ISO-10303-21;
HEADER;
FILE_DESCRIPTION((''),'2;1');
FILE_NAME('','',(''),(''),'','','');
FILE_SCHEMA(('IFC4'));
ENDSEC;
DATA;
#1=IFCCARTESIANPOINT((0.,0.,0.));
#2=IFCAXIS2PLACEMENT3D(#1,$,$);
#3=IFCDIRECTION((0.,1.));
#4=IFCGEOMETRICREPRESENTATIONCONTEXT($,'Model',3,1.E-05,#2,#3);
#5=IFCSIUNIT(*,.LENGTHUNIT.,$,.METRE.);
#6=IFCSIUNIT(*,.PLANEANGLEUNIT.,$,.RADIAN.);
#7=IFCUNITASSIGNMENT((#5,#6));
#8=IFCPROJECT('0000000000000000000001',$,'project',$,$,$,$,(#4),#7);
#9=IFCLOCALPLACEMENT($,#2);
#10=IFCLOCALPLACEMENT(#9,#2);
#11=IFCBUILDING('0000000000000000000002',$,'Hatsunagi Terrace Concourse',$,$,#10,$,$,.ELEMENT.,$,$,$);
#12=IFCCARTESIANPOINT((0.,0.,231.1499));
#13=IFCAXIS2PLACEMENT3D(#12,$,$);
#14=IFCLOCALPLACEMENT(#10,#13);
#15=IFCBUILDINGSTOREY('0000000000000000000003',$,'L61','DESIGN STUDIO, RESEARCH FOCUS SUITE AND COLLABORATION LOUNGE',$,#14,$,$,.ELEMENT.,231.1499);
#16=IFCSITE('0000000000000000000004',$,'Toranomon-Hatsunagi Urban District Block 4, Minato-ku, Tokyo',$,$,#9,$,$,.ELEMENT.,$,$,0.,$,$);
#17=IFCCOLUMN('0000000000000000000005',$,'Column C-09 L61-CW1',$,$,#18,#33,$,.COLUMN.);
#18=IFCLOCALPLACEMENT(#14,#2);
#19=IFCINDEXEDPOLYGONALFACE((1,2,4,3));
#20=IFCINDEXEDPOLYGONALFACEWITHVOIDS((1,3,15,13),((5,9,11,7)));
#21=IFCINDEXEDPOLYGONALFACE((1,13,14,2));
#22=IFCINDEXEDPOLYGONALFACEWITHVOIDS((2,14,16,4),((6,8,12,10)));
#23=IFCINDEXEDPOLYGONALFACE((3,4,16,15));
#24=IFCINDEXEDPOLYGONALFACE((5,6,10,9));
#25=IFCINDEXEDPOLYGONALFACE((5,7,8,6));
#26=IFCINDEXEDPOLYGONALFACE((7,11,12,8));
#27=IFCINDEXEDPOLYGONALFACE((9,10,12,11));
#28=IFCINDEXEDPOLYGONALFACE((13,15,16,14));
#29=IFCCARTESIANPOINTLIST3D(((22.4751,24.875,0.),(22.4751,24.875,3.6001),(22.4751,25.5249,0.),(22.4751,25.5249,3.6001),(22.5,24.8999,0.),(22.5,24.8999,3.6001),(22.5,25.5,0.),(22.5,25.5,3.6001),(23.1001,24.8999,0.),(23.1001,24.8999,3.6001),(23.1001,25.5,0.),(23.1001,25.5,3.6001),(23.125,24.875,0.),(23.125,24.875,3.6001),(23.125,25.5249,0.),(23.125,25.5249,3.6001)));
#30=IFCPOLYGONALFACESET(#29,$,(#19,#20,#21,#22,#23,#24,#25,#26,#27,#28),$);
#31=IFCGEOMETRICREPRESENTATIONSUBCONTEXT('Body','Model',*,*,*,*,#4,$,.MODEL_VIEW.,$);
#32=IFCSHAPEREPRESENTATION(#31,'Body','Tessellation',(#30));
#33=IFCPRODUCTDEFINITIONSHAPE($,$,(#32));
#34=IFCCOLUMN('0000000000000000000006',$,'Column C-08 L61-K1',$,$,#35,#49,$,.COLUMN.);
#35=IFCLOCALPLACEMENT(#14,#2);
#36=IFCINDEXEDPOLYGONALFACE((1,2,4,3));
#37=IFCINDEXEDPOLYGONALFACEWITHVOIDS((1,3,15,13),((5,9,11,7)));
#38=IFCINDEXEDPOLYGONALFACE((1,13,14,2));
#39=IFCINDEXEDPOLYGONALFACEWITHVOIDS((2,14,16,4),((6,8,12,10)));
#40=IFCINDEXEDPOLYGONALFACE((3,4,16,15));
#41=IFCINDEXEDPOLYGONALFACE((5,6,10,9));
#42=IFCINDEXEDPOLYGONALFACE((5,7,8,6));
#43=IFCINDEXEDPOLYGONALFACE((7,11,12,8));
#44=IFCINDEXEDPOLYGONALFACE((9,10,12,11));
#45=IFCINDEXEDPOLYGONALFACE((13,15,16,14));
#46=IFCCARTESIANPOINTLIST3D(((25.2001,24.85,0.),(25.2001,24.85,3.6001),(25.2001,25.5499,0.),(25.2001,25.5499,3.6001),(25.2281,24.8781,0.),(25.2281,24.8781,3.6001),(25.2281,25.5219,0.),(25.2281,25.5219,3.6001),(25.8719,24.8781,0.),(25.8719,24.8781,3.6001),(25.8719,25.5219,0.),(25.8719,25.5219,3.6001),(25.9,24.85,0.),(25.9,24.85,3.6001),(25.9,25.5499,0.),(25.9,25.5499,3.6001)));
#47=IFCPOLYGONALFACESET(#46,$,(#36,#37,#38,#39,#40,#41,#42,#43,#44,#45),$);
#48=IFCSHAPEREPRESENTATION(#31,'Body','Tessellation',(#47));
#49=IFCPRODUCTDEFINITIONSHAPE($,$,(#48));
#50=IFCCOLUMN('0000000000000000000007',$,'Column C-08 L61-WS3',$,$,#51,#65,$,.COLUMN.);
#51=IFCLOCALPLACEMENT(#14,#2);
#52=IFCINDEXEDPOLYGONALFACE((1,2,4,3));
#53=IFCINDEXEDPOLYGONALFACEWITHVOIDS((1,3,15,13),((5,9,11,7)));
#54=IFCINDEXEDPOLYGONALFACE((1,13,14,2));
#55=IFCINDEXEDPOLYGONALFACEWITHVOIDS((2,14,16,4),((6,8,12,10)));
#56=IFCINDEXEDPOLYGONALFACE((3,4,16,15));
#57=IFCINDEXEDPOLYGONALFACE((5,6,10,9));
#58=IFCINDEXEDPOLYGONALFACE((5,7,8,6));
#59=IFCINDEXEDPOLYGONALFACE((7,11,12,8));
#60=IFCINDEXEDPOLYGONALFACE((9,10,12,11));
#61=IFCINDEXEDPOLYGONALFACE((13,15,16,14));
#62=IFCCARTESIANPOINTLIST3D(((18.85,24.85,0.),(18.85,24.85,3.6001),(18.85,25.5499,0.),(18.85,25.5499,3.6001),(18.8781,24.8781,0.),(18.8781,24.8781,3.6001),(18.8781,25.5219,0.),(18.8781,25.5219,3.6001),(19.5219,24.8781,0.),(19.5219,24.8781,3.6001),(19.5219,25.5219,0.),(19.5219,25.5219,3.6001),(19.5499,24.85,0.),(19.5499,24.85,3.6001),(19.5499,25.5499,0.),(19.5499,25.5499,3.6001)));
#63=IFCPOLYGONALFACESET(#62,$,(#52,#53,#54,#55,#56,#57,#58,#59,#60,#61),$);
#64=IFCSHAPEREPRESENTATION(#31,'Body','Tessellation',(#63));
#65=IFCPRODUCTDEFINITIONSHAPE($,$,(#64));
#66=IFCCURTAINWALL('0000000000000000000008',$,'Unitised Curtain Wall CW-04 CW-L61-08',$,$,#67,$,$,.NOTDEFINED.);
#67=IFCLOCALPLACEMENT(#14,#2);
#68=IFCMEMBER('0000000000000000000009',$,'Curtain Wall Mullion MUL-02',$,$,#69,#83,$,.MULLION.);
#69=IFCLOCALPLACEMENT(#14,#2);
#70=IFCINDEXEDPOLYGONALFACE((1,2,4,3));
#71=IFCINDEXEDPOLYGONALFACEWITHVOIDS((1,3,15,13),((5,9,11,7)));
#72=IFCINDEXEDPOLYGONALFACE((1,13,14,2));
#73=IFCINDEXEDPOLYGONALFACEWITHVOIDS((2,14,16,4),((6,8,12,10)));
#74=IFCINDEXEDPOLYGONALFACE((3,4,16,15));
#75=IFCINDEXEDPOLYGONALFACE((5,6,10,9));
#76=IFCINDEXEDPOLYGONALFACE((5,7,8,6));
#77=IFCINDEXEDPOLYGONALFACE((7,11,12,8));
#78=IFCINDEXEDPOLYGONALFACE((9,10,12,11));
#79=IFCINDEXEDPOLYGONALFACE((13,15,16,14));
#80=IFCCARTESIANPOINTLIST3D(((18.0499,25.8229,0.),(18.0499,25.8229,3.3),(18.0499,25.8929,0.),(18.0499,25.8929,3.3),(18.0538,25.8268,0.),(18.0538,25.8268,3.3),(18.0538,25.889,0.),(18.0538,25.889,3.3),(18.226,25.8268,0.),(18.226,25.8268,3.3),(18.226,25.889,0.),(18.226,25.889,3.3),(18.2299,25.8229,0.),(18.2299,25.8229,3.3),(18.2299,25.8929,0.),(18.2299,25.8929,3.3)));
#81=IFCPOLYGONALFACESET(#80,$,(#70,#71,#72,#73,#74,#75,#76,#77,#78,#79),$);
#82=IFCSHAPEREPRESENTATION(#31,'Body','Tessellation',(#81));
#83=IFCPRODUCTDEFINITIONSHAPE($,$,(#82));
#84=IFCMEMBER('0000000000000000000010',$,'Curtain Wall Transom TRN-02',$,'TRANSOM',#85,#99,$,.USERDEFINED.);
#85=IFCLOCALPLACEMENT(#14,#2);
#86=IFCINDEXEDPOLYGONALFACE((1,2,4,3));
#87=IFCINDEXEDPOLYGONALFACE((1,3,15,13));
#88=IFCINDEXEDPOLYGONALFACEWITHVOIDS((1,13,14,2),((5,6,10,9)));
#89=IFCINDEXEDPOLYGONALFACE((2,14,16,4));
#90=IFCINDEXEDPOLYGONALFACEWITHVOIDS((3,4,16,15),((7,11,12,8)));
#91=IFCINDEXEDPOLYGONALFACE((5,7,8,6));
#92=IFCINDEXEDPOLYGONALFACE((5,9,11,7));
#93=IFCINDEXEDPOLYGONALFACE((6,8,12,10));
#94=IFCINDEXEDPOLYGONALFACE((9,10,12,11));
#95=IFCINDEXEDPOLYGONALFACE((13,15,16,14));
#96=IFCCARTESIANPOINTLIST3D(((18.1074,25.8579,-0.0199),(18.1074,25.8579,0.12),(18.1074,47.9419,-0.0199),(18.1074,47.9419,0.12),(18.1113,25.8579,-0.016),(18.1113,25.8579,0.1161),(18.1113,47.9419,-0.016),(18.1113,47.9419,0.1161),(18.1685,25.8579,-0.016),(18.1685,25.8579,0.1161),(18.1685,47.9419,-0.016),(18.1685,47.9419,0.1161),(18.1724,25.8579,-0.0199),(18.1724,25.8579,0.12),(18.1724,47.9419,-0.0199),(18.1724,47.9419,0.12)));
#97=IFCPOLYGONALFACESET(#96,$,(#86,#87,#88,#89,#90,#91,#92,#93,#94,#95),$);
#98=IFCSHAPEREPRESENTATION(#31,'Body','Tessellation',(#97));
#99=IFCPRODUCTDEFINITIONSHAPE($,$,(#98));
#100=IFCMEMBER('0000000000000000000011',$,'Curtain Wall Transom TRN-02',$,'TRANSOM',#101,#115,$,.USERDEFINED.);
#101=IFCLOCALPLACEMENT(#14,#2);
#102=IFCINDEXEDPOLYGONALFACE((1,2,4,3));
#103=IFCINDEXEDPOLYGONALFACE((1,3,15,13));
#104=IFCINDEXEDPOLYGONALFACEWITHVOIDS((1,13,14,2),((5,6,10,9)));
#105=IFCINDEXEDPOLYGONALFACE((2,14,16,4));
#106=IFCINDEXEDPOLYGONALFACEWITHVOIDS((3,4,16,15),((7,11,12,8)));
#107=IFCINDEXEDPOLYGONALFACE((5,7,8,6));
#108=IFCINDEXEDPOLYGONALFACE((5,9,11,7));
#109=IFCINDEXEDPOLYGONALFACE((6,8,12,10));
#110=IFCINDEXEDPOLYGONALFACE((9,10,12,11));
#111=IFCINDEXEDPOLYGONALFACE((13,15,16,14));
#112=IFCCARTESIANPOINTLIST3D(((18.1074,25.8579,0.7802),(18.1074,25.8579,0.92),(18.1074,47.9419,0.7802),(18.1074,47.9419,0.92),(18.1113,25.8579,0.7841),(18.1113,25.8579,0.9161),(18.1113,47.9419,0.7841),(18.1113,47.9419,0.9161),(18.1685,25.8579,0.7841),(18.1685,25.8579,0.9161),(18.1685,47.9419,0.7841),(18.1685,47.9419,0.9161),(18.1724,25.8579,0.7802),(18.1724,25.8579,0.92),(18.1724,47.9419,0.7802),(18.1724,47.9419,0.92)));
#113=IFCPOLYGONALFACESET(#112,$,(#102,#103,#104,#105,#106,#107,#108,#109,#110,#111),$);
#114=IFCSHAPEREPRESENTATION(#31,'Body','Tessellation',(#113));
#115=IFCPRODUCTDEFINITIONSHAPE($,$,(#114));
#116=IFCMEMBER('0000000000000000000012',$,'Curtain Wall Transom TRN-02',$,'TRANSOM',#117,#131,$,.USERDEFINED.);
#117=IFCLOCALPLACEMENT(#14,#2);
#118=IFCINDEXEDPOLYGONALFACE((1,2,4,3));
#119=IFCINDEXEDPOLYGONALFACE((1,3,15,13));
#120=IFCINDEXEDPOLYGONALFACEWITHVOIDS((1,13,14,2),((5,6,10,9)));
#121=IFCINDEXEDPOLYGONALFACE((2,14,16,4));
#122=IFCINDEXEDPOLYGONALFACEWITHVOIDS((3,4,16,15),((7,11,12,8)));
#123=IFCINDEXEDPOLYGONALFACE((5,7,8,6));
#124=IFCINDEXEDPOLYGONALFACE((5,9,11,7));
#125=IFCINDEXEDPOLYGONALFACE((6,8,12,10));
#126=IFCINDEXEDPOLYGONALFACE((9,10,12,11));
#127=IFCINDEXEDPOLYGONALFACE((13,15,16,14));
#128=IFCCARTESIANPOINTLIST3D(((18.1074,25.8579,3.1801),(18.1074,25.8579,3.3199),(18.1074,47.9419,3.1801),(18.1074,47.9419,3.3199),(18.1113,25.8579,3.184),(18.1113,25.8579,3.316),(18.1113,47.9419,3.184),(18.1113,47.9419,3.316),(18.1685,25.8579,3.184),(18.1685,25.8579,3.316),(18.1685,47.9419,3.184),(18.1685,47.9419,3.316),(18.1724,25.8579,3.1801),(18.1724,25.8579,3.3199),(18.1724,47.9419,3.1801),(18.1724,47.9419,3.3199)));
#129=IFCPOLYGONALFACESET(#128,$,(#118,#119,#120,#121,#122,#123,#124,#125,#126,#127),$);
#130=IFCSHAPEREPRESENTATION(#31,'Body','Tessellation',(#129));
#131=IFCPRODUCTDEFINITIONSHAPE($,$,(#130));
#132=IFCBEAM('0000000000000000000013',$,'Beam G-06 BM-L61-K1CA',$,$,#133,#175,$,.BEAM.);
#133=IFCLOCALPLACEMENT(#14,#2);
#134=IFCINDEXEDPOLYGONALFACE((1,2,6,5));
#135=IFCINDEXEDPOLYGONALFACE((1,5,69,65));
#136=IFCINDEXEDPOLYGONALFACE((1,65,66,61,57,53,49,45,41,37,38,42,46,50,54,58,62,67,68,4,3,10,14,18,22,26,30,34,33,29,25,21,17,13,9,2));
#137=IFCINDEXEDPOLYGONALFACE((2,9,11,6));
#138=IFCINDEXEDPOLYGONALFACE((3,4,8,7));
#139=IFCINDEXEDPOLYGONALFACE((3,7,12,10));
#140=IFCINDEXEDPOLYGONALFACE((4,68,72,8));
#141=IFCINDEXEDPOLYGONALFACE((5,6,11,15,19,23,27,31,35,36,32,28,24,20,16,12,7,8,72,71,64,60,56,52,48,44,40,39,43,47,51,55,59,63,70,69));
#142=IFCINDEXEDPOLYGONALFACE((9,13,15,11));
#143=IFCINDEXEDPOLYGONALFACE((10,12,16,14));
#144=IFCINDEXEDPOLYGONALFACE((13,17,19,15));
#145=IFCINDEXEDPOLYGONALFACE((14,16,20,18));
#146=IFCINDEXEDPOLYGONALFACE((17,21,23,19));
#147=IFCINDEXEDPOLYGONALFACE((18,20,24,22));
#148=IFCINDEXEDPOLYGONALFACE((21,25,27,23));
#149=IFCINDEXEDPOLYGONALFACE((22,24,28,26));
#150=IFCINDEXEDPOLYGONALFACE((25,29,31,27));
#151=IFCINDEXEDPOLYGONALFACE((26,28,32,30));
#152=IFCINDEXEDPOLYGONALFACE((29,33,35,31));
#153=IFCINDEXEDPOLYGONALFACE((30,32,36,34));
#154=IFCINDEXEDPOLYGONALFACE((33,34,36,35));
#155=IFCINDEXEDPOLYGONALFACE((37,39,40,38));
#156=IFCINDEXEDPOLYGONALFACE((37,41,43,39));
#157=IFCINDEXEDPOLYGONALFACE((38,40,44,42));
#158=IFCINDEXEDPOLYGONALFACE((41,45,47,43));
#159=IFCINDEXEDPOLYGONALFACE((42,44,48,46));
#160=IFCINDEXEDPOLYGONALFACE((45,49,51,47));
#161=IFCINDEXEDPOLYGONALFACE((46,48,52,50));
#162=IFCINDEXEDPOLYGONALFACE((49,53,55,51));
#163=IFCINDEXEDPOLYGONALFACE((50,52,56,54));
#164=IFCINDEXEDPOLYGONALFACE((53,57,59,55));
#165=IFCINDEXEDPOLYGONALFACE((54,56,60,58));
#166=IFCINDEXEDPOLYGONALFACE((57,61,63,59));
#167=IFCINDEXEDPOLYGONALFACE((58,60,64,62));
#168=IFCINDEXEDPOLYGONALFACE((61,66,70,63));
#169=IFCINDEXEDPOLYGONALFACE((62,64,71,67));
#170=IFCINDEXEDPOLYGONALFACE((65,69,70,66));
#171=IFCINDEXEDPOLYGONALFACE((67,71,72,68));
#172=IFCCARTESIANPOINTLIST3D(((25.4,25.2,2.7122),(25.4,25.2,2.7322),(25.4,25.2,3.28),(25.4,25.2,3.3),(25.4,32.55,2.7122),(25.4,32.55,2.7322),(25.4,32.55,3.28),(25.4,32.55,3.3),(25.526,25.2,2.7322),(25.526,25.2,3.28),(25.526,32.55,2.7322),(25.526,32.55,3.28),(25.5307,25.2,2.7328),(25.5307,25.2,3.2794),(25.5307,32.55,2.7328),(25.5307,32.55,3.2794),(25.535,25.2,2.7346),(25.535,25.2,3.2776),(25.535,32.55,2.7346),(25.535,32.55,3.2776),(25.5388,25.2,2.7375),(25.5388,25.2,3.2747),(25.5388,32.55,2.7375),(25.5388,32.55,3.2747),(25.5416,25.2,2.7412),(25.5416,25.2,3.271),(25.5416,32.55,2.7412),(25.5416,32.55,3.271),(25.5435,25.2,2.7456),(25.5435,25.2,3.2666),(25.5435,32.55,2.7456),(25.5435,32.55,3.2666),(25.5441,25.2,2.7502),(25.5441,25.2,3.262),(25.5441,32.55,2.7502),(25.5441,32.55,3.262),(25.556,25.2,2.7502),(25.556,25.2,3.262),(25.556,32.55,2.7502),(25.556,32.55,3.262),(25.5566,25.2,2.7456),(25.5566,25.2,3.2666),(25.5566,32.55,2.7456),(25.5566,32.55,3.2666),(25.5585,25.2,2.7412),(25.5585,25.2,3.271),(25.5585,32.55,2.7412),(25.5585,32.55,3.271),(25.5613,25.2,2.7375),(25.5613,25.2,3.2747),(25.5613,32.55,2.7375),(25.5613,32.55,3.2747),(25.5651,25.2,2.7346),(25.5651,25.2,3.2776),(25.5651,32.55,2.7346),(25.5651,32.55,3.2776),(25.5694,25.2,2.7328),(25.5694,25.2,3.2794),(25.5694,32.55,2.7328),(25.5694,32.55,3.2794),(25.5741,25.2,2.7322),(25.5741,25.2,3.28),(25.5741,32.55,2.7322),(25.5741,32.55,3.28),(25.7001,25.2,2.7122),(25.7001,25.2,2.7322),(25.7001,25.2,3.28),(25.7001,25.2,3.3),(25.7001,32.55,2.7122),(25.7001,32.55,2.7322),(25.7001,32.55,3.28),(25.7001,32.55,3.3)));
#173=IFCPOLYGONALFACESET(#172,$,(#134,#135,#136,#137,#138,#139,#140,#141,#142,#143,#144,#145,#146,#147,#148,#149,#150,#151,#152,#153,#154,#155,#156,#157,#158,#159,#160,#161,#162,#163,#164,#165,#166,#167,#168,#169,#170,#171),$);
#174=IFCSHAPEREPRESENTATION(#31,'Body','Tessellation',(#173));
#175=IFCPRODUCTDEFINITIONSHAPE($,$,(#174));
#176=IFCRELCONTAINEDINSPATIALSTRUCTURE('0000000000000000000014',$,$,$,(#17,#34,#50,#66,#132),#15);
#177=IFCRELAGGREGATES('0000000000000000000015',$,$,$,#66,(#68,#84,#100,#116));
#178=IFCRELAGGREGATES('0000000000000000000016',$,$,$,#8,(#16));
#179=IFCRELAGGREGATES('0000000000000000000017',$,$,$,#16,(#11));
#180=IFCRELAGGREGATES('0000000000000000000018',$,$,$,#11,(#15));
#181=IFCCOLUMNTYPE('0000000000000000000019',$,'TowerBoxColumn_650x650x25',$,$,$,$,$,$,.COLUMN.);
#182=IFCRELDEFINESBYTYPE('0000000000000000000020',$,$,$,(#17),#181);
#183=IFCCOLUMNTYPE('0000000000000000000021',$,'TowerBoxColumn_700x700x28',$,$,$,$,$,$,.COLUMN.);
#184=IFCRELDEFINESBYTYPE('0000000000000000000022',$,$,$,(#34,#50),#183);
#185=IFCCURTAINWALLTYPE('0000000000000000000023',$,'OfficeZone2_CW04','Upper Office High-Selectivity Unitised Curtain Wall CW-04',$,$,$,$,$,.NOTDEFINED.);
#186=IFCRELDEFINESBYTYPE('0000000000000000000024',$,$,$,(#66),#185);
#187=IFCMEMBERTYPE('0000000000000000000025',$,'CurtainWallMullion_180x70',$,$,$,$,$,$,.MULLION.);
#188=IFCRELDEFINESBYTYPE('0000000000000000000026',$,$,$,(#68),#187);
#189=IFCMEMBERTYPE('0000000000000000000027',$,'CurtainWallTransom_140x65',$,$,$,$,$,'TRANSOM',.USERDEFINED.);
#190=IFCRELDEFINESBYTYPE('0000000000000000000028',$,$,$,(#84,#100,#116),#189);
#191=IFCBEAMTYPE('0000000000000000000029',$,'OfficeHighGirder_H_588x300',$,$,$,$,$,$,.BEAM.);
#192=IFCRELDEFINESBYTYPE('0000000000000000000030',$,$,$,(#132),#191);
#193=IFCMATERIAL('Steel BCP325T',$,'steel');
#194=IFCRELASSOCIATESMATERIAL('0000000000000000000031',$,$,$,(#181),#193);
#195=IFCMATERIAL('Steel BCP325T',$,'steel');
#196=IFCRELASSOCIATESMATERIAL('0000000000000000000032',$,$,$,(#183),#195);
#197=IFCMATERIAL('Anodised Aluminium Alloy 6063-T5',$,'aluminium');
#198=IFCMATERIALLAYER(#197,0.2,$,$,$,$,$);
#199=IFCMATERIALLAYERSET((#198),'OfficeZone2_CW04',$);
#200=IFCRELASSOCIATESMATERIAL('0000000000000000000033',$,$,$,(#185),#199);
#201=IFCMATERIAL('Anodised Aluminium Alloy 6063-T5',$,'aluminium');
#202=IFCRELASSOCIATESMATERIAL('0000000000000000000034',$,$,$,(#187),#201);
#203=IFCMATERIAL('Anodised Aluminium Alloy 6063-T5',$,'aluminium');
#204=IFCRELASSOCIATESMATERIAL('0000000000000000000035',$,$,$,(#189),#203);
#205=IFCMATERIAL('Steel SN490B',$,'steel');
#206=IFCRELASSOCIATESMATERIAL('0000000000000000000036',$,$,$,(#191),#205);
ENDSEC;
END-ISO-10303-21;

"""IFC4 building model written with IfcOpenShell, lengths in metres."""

from ifc_helpers import new_model, si_unit, direction, frame, origin, origin_2d, place, context, subcontext, project, spatial, hollow_rectangle, i_section, extrude, material, layer, layer_set, material_profile, profile_set, type_object, element, aggregate, save


model = new_model("IFC4")

# Units and contexts
model_context = context("Model", 3, precision=1e-05, world=origin(), true_north=direction((0.0, 1.0)))
body_context = subcontext(model_context, "Body", "Model", "MODEL_VIEW")
ifc_project = project(units=[si_unit("LENGTHUNIT", "METRE"), si_unit("PLANEANGLEUNIT", "RADIAN")], contexts=[model_context])

# Site, building, storey
site_placement = place(None, origin())
site = spatial("IfcSite", under=ifc_project, at=site_placement, Name="Toranomon-Hatsunagi Urban District Block 4, Minato-ku, Tokyo", CompositionType="ELEMENT", RefElevation=0.0)
building_placement = place(site_placement, origin())
building = spatial("IfcBuilding", under=site, at=building_placement, Name="Hatsunagi Terrace Concourse", CompositionType="ELEMENT")
storey_placement = place(building_placement, frame((0.0, 0.0, 231.1499)))
storey = spatial("IfcBuildingStorey", under=building, at=storey_placement, Name="L61", Description="DESIGN STUDIO, RESEARCH FOCUS SUITE AND COLLABORATION LOUNGE", CompositionType="ELEMENT", Elevation=231.1499)

# Columns
ifc_material_1 = material(Name="Steel BCP325T", Category="steel")
ifc_material_profile_1 = material_profile(ifc_material_1, hollow_rectangle(XDim=0.6499, YDim=0.6499, WallThickness=0.0249, at=origin_2d()), Name="BCP-650x650x25")
ifc_profile_set_1 = profile_set([ifc_material_profile_1], Name="Steel BCP325T")
column_type_1 = type_object("IfcColumnType", Name="TowerBoxColumn_650x650x25", PredefinedType="COLUMN", material=ifc_profile_set_1)
column_placement = place(storey_placement, frame((22.8, 25.2, 0.0), z_axis=(0.0, 0.0, 1.0), x_axis=(1.0, 0.0, 0.0)))
element("IfcColumn", 1, at=column_placement, inside=storey, type_object=column_type_1, Name="Column C-09 L61-CW1", PredefinedType="COLUMN", context=body_context, shape_type="SweptSolid", body=[
    extrude(hollow_rectangle(XDim=0.6499, YDim=0.6499, WallThickness=0.0249, at=origin_2d()), origin(), (0.0, 0.0, 1.0), 3.6001),
])
ifc_material_2 = material(Name="Steel BCP325T", Category="steel")
ifc_material_profile_2 = material_profile(ifc_material_2, hollow_rectangle(XDim=0.7, YDim=0.7, WallThickness=0.0281, at=origin_2d()), Name="BCP-700x700x28")
ifc_profile_set_2 = profile_set([ifc_material_profile_2], Name="Steel BCP325T")
column_type_2 = type_object("IfcColumnType", Name="TowerBoxColumn_700x700x28", PredefinedType="COLUMN", material=ifc_profile_set_2)
for number, where, z_axis, x_axis, name in (
    (2, (25.55, 25.2, 0.0), (0.0, 0.0, 1.0), (1.0, 0.0, 0.0), "Column C-08 L61-K1"),
    (3, (19.2, 25.2, 0.0), (0.0, 0.0, 1.0), (1.0, 0.0, 0.0), "Column C-08 L61-WS3"),
):
    element("IfcColumn", number, at=place(storey_placement, frame(where, z_axis=z_axis, x_axis=x_axis)), inside=storey, type_object=column_type_2, Name=name, PredefinedType="COLUMN", context=body_context, shape_type="SweptSolid", body=[
        extrude(hollow_rectangle(XDim=0.7, YDim=0.7, WallThickness=0.0281, at=origin_2d()), origin(), (0.0, 0.0, 1.0), 3.6001),
    ])

# Curtain wall, members
ifc_material_3 = material(Name="Anodised Aluminium Alloy 6063-T5", Category="aluminium")
ifc_layer_1 = layer(ifc_material_3, 0.2)
ifc_layer_set_1 = layer_set([ifc_layer_1], Name="OfficeZone2_CW04")
curtain_wall_type = type_object("IfcCurtainWallType", Name="OfficeZone2_CW04", Description="Upper Office High-Selectivity Unitised Curtain Wall CW-04", PredefinedType="NOTDEFINED", material=ifc_layer_set_1)
curtain_wall_placement = place(storey_placement, origin())
curtain_wall = element("IfcCurtainWall", 4, at=curtain_wall_placement, inside=storey, type_object=curtain_wall_type, Name="Unitised Curtain Wall CW-04 CW-L61-08", PredefinedType="NOTDEFINED")
ifc_material_4 = material(Name="Anodised Aluminium Alloy 6063-T5", Category="aluminium")
ifc_material_profile_3 = material_profile(ifc_material_4, hollow_rectangle(XDim=0.0701, YDim=0.1799, WallThickness=0.0039, at=origin_2d()), Name="ALU-MUL-180x70x4")
ifc_profile_set_3 = profile_set([ifc_material_profile_3], Name="Anodised Aluminium Alloy 6063-T5")
member_type_1 = type_object("IfcMemberType", Name="CurtainWallMullion_180x70", PredefinedType="MULLION", material=ifc_profile_set_3)
member_1_placement = place(storey_placement, frame((18.1399, 25.8579, 0.0), z_axis=(0.0, 0.0, 1.0), x_axis=(0.0, 1.0, 0.0)))
member_1 = element("IfcMember", 5, at=member_1_placement, type_object=member_type_1, Name="Curtain Wall Mullion MUL-02", PredefinedType="MULLION", context=body_context, shape_type="SweptSolid", body=[
    extrude(hollow_rectangle(XDim=0.0701, YDim=0.1799, WallThickness=0.0039, at=origin_2d()), origin(), (0.0, 0.0, 1.0), 3.3),
])
ifc_material_5 = material(Name="Anodised Aluminium Alloy 6063-T5", Category="aluminium")
ifc_material_profile_4 = material_profile(ifc_material_5, hollow_rectangle(XDim=0.0649, YDim=0.1399, WallThickness=0.0039, at=origin_2d()), Name="ALU-TRN-140x65x4")
ifc_profile_set_4 = profile_set([ifc_material_profile_4], Name="Anodised Aluminium Alloy 6063-T5")
member_type_2 = type_object("IfcMemberType", Name="CurtainWallTransom_140x65", ElementType="TRANSOM", PredefinedType="USERDEFINED", material=ifc_profile_set_4)
member_2_placement = place(storey_placement, frame((18.1399, 25.8579, 0.05), z_axis=(0.0, 1.0, 0.0), x_axis=(-1.0, 0.0, 0.0)))
member_2 = element("IfcMember", 6, at=member_2_placement, type_object=member_type_2, Name="Curtain Wall Transom TRN-02", ObjectType="TRANSOM", PredefinedType="USERDEFINED", context=body_context, shape_type="SweptSolid", body=[
    extrude(hollow_rectangle(XDim=0.0649, YDim=0.1399, WallThickness=0.0039, at=origin_2d()), origin(), (0.0, 0.0, 1.0), 22.084),
])
member_3_placement = place(storey_placement, frame((18.1399, 25.8579, 0.8501), z_axis=(0.0, 1.0, 0.0), x_axis=(-1.0, 0.0, 0.0)))
member_3 = element("IfcMember", 7, at=member_3_placement, type_object=member_type_2, Name="Curtain Wall Transom TRN-02", ObjectType="TRANSOM", PredefinedType="USERDEFINED", context=body_context, shape_type="SweptSolid", body=[
    extrude(hollow_rectangle(XDim=0.0649, YDim=0.1399, WallThickness=0.0039, at=origin_2d()), origin(), (0.0, 0.0, 1.0), 22.084),
])
member_4_placement = place(storey_placement, frame((18.1399, 25.8579, 3.25), z_axis=(0.0, 1.0, 0.0), x_axis=(-1.0, 0.0, 0.0)))
member_4 = element("IfcMember", 8, at=member_4_placement, type_object=member_type_2, Name="Curtain Wall Transom TRN-02", ObjectType="TRANSOM", PredefinedType="USERDEFINED", context=body_context, shape_type="SweptSolid", body=[
    extrude(hollow_rectangle(XDim=0.0649, YDim=0.1399, WallThickness=0.0039, at=origin_2d()), origin(), (0.0, 0.0, 1.0), 22.084),
])
aggregate(curtain_wall, [member_1, member_2, member_3, member_4])

# Beam
ifc_material_6 = material(Name="Steel SN490B", Category="steel")
ifc_material_profile_5 = material_profile(ifc_material_6, i_section(OverallWidth=0.3, OverallDepth=0.5879, WebThickness=0.012, FlangeThickness=0.02, FilletRadius=0.0181, at=origin_2d()), Name="H-588x300x12x20")
ifc_profile_set_5 = profile_set([ifc_material_profile_5], Name="Steel SN490B")
beam_type_1 = type_object("IfcBeamType", Name="OfficeHighGirder_H_588x300", PredefinedType="BEAM", material=ifc_profile_set_5)
beam_1_placement = place(storey_placement, frame((25.55, 25.2, 3.0061), z_axis=(0.0, 1.0, 0.0), x_axis=(-1.0, 0.0, 0.0)))
element("IfcBeam", 9, at=beam_1_placement, inside=storey, type_object=beam_type_1, Name="Beam G-06 BM-L61-K1CA", PredefinedType="BEAM", context=body_context, shape_type="SweptSolid", body=[
    extrude(i_section(OverallWidth=0.3, OverallDepth=0.5879, WebThickness=0.012, FlangeThickness=0.02, FilletRadius=0.0181, at=origin_2d()), origin(), (0.0, 0.0, 1.0), 7.3501),
])

save(model, "model.ifc")
